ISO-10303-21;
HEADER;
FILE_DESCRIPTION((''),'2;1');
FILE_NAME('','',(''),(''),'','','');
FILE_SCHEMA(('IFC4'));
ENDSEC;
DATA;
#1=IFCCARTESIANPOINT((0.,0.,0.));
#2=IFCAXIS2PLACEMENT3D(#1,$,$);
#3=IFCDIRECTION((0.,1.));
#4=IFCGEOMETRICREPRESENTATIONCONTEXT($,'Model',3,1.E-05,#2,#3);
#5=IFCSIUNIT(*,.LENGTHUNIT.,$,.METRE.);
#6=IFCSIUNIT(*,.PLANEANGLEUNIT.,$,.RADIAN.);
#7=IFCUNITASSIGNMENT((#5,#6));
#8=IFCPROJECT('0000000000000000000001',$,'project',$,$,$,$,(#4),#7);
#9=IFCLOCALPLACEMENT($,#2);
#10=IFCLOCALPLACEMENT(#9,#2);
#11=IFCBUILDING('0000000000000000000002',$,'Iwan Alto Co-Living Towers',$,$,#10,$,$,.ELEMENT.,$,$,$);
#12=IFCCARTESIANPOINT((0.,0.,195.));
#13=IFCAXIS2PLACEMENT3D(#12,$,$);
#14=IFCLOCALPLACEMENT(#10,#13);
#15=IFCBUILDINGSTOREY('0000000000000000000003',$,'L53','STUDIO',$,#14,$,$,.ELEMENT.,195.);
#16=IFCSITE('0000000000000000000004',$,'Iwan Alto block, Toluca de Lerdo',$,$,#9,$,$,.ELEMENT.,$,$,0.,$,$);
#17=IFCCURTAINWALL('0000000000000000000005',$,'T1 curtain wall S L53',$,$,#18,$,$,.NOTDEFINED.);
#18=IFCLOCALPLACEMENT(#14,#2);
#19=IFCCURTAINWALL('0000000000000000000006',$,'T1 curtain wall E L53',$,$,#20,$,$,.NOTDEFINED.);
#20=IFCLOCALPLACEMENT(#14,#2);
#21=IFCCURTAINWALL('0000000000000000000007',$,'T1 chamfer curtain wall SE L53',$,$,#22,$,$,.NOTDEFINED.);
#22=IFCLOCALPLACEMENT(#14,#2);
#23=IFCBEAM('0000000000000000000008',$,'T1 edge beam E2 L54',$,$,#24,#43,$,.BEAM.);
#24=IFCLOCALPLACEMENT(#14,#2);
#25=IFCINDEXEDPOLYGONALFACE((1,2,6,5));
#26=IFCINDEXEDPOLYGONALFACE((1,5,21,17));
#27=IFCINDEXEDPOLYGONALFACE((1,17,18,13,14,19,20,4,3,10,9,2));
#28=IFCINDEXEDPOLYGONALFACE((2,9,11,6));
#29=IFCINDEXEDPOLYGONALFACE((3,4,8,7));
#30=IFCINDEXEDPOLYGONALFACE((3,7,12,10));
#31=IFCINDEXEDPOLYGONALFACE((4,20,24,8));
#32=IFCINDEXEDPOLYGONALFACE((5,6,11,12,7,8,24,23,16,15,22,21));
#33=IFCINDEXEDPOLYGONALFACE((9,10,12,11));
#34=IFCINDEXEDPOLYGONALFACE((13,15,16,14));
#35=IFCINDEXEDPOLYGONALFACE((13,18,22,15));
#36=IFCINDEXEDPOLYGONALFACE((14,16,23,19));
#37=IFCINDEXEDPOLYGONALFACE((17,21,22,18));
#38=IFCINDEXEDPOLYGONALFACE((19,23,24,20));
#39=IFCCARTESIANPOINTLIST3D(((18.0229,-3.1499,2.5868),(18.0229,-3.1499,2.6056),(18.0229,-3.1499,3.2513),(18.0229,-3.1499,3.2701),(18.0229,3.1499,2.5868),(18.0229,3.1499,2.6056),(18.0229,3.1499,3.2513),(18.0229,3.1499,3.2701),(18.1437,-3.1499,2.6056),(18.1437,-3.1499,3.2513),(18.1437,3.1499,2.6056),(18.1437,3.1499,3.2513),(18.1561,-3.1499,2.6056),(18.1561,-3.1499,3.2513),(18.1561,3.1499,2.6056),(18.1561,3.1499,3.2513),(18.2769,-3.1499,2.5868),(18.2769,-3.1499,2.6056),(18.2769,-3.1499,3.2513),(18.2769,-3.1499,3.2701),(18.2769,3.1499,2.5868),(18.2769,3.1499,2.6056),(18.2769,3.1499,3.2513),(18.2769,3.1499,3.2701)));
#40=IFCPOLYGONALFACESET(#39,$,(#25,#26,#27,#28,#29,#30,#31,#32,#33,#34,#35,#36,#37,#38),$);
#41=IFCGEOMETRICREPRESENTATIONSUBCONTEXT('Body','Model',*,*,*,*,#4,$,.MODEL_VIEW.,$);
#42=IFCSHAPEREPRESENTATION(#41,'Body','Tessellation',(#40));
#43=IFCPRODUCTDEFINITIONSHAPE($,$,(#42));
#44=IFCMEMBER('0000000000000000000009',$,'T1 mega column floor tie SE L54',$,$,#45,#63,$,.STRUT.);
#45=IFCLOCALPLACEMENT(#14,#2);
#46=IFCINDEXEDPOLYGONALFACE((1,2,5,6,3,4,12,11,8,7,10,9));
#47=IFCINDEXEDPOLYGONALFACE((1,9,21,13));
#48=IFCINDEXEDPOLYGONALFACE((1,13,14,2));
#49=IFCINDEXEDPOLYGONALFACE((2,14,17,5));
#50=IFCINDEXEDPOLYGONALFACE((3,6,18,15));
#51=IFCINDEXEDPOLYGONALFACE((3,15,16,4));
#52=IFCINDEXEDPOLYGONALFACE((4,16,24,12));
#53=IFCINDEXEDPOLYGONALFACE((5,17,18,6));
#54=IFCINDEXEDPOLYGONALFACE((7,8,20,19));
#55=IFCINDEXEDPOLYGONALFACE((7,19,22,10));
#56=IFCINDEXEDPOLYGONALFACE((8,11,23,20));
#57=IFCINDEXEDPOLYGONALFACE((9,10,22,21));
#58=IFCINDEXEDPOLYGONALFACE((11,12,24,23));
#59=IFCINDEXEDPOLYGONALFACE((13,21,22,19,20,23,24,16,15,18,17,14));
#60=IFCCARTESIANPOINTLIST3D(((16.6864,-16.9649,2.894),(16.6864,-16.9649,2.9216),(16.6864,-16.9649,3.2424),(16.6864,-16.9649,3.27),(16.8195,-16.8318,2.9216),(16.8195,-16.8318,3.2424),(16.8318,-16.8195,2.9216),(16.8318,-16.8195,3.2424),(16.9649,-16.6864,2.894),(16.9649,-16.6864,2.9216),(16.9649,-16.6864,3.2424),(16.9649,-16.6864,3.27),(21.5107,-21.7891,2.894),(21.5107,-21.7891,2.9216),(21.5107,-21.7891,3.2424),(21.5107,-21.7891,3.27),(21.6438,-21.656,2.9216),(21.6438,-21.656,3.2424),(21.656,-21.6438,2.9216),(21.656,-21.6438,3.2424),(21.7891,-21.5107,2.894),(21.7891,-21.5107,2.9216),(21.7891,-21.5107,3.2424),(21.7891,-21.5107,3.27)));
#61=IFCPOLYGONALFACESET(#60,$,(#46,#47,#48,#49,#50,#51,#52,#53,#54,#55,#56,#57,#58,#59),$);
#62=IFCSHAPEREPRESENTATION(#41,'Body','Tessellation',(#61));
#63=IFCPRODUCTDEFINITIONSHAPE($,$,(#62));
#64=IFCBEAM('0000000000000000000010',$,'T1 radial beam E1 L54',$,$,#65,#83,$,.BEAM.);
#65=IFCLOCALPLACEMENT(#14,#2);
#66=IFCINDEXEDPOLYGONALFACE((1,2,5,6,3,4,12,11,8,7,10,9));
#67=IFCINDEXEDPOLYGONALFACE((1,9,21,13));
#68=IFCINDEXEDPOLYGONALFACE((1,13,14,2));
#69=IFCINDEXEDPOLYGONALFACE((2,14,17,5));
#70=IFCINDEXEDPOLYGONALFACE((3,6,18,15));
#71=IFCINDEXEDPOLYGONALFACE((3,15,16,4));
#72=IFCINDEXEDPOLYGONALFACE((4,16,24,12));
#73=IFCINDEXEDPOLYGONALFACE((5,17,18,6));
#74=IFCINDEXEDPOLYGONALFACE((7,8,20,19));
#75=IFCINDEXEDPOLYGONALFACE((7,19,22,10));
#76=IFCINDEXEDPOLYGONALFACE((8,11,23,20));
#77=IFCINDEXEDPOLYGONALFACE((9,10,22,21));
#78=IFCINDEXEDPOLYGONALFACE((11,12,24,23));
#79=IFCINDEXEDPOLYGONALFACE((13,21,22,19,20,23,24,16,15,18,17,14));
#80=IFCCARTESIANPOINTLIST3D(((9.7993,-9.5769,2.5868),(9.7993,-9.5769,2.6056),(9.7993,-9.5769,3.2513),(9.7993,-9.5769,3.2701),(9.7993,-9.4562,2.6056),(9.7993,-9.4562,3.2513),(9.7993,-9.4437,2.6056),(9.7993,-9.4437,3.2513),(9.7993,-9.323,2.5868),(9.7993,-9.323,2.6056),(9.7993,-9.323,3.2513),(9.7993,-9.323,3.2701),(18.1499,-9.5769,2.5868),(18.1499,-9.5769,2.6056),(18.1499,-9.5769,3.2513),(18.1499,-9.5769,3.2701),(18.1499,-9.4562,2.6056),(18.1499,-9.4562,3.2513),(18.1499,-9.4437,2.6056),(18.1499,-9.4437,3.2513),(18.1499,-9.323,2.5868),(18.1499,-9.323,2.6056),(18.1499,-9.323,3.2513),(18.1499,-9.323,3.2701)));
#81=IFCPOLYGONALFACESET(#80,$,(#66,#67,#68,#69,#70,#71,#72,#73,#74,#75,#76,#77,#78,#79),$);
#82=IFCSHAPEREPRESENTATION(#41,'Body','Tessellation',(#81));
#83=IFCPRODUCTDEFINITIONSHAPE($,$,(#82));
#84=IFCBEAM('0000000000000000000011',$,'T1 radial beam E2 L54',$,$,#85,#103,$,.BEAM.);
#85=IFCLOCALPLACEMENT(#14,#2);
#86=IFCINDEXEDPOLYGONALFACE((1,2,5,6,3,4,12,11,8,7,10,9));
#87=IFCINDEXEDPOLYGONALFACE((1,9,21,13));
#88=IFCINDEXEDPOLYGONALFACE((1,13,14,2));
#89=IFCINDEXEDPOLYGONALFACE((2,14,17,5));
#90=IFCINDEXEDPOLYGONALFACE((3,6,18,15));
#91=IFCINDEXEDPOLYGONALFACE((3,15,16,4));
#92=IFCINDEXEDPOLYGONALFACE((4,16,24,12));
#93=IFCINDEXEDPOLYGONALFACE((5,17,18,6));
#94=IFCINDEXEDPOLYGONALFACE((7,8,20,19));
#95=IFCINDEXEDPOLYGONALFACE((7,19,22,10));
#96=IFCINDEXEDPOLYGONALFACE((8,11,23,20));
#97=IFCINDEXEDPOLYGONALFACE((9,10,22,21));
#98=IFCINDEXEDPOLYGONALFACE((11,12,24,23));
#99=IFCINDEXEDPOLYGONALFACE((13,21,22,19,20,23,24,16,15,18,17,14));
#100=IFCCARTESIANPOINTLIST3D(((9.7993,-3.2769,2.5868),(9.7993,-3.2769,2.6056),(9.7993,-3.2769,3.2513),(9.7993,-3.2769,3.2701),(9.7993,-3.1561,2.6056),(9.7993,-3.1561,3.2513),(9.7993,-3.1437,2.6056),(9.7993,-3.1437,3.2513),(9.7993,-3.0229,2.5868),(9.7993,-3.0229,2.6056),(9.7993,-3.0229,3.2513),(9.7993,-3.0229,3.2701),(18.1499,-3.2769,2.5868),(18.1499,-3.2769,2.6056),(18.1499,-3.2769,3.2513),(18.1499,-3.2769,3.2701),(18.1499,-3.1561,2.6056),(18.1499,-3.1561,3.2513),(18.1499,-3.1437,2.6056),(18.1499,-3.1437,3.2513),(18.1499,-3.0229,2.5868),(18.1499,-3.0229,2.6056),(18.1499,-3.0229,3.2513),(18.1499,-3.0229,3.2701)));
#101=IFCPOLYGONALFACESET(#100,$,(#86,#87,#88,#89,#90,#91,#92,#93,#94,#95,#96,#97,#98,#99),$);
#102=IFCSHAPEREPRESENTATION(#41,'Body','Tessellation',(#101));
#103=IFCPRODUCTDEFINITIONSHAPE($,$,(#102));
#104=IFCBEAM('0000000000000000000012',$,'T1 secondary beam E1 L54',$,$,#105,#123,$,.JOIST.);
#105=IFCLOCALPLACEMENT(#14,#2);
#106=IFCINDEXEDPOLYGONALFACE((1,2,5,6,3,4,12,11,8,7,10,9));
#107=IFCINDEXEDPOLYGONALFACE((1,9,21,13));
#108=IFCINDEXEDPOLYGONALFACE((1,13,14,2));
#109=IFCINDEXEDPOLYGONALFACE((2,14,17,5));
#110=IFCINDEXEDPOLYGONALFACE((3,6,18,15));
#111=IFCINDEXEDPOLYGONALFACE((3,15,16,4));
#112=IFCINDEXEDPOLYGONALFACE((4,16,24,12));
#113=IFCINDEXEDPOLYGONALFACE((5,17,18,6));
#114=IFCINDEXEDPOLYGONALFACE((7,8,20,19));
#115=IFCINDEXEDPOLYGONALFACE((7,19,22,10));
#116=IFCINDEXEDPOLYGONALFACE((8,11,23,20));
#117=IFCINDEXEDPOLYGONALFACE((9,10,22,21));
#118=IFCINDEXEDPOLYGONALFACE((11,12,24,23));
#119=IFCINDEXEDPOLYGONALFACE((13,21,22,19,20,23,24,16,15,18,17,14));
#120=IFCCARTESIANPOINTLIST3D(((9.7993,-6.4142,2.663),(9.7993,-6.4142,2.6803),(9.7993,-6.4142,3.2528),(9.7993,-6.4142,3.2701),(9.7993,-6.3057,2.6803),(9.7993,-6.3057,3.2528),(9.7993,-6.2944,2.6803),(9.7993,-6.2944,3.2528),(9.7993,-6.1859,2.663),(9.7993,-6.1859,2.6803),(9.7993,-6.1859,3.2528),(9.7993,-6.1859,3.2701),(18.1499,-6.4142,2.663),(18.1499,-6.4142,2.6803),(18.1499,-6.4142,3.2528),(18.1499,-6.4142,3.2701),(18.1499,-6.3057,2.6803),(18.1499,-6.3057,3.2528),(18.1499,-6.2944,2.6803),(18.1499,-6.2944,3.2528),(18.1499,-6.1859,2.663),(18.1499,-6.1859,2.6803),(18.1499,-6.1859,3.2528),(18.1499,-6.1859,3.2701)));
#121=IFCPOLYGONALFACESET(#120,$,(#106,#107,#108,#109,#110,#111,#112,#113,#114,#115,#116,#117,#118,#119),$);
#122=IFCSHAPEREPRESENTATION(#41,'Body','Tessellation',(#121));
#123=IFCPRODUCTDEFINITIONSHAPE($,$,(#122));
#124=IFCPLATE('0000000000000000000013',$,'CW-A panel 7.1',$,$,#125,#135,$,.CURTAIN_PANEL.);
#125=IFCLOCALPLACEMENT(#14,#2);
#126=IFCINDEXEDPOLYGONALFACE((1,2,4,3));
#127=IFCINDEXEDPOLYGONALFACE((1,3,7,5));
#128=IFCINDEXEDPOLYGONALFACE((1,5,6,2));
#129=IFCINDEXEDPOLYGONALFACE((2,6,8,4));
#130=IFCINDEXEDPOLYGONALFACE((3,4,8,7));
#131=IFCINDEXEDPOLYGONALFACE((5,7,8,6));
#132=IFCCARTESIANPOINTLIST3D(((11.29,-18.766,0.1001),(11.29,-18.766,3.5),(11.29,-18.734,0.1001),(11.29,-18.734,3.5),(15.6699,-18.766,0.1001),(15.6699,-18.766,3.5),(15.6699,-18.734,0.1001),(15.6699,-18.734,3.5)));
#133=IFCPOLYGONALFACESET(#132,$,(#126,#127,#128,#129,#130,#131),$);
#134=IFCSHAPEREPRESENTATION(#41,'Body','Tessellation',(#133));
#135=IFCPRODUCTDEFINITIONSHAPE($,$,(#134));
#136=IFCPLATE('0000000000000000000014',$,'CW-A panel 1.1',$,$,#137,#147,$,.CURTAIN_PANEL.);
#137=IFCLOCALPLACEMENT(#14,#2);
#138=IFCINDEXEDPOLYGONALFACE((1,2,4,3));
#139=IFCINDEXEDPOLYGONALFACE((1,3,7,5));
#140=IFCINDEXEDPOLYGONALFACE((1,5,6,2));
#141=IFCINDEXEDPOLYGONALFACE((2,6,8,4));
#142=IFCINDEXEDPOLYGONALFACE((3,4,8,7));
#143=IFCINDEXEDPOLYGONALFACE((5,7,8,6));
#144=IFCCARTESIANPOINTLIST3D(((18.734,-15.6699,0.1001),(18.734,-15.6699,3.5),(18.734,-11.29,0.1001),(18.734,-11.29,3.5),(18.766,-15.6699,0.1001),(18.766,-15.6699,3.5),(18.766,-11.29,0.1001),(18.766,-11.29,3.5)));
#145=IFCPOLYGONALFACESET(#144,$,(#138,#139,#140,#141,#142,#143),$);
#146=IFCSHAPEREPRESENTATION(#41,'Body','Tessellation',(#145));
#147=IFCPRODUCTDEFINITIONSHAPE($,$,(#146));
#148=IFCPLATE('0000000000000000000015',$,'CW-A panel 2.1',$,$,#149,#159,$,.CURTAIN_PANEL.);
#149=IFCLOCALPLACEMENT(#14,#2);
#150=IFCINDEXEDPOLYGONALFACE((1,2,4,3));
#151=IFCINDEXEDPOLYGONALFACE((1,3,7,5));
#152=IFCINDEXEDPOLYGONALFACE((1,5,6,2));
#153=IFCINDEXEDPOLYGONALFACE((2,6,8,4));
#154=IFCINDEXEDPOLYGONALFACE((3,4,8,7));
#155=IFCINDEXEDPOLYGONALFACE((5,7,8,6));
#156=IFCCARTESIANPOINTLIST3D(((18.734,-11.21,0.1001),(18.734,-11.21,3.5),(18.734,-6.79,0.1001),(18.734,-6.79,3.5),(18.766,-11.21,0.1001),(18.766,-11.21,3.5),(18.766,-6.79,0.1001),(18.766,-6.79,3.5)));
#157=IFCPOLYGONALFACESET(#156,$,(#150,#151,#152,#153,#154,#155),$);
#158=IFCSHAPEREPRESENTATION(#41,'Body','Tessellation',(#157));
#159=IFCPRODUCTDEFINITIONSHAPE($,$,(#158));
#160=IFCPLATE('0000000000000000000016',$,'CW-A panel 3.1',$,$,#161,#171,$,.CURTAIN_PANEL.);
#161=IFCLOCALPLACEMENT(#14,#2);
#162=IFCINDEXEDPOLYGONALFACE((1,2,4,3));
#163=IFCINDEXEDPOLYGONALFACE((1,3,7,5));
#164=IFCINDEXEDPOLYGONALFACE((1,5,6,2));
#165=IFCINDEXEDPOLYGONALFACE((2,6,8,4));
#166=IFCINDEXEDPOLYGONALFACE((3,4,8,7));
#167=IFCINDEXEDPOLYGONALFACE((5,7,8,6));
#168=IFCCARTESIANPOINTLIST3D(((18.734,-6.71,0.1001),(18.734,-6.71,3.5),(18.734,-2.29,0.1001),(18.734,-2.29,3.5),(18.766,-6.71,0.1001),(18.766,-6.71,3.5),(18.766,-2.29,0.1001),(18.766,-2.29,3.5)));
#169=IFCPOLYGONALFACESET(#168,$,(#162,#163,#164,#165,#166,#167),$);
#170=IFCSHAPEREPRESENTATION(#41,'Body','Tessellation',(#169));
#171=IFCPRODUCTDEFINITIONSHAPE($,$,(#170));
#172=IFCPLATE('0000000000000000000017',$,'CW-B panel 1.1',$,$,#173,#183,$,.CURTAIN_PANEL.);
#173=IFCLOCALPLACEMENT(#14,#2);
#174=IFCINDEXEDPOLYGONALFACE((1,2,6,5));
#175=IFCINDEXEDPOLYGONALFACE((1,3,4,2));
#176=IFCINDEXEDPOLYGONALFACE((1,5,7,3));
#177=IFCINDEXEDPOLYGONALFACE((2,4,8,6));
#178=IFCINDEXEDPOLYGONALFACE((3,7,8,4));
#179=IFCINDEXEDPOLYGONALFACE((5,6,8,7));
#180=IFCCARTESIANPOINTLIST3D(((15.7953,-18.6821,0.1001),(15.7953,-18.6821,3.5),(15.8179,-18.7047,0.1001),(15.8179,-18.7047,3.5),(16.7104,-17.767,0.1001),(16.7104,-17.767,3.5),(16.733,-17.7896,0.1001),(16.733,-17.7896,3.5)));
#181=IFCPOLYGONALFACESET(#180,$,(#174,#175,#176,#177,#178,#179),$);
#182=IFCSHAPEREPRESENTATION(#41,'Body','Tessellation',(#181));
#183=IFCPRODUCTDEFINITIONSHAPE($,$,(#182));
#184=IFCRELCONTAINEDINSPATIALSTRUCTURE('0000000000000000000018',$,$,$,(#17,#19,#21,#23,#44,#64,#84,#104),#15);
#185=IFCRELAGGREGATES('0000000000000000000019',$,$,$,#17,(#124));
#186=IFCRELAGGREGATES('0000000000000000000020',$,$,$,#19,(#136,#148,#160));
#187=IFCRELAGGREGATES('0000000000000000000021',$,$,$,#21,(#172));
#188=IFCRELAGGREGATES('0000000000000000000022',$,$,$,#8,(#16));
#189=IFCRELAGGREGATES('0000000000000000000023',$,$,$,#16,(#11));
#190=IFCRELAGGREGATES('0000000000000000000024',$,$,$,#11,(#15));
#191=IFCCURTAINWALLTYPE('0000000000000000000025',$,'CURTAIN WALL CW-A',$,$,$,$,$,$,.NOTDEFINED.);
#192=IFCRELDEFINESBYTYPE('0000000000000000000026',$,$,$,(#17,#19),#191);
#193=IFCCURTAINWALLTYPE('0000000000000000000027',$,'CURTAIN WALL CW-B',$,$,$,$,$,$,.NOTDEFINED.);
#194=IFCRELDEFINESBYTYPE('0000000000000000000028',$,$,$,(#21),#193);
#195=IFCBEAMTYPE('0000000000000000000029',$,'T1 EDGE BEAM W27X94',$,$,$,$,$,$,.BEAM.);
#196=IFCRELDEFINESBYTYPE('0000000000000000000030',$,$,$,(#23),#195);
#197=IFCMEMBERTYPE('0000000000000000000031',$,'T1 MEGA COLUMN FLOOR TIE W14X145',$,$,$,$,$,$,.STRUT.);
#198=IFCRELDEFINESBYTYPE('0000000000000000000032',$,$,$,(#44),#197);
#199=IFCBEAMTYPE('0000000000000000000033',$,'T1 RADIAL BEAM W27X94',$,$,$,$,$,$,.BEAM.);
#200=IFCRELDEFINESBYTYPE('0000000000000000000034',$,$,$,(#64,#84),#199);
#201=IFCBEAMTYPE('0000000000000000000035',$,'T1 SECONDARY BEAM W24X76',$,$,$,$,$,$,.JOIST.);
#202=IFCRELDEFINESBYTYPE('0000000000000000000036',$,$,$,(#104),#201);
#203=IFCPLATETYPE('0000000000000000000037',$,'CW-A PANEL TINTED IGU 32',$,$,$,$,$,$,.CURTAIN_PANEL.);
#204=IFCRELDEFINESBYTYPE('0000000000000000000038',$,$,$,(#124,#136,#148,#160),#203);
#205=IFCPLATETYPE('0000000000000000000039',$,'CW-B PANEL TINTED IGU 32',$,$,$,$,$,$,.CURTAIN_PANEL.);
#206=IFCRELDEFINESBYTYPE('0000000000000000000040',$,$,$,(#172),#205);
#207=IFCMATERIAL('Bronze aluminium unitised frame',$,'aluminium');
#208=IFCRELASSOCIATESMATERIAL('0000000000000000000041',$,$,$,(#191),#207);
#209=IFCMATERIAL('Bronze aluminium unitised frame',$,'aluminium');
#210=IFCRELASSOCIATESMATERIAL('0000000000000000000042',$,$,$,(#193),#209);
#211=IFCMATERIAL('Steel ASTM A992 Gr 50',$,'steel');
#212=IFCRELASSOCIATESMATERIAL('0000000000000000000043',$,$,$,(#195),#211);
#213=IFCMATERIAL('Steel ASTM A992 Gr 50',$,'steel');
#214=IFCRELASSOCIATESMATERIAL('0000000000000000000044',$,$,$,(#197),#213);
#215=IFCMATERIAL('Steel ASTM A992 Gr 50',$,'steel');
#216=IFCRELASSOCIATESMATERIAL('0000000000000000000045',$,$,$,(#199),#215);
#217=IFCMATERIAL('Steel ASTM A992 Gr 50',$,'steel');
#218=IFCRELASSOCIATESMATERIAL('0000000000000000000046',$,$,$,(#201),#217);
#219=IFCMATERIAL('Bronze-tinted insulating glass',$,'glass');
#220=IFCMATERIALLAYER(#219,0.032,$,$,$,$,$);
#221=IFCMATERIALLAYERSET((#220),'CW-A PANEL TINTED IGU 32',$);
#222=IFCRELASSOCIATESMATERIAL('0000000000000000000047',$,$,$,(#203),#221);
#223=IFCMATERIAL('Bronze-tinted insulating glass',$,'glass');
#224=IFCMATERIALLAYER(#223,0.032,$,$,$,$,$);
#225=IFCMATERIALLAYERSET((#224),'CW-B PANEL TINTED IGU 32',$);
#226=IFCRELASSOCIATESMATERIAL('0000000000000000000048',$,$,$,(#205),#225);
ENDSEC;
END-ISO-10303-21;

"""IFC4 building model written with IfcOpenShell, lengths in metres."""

from ifc_helpers import new_model, si_unit, direction, frame, origin, origin_2d, place, context, subcontext, project, spatial, rectangle, i_section, extrude, material, layer, layer_set, material_profile, profile_set, type_object, element, aggregate, save


model = new_model("IFC4")

# Units and contexts
model_context = context("Model", 3, precision=1e-05, world=origin(), true_north=direction((0.0, 1.0)))
body_context = subcontext(model_context, "Body", "Model", "MODEL_VIEW")
ifc_project = project(units=[si_unit("LENGTHUNIT", "METRE"), si_unit("PLANEANGLEUNIT", "RADIAN")], contexts=[model_context])

# Site, building, storey
site_placement = place(None, origin())
site = spatial("IfcSite", under=ifc_project, at=site_placement, Name="Iwan Alto block, Toluca de Lerdo", CompositionType="ELEMENT", RefElevation=0.0)
building_placement = place(site_placement, origin())
building = spatial("IfcBuilding", under=site, at=building_placement, Name="Iwan Alto Co-Living Towers", CompositionType="ELEMENT")
storey_placement = place(building_placement, frame((0.0, 0.0, 195.0)))
storey = spatial("IfcBuildingStorey", under=building, at=storey_placement, Name="L53", Description="STUDIO", CompositionType="ELEMENT", Elevation=195.0)

# Curtain wall
ifc_material_1 = material(Name="Bronze aluminium unitised frame", Category="aluminium")
curtain_wall_type_1 = type_object("IfcCurtainWallType", Name="CURTAIN WALL CW-A", PredefinedType="NOTDEFINED", material=ifc_material_1)
curtain_wall_1_placement = place(storey_placement, origin())
curtain_wall_1 = element("IfcCurtainWall", 1, at=curtain_wall_1_placement, inside=storey, type_object=curtain_wall_type_1, Name="T1 curtain wall S L53", PredefinedType="NOTDEFINED")

# Curtain walls
curtain_wall_2_placement = place(storey_placement, origin())
curtain_wall_2 = element("IfcCurtainWall", 2, at=curtain_wall_2_placement, inside=storey, type_object=curtain_wall_type_1, Name="T1 curtain wall E L53", PredefinedType="NOTDEFINED")
ifc_material_2 = material(Name="Bronze aluminium unitised frame", Category="aluminium")
curtain_wall_type_2 = type_object("IfcCurtainWallType", Name="CURTAIN WALL CW-B", PredefinedType="NOTDEFINED", material=ifc_material_2)
curtain_wall_3_placement = place(storey_placement, origin())
curtain_wall_3 = element("IfcCurtainWall", 3, at=curtain_wall_3_placement, inside=storey, type_object=curtain_wall_type_2, Name="T1 chamfer curtain wall SE L53", PredefinedType="NOTDEFINED")

# Beam
ifc_material_3 = material(Name="Steel ASTM A992 Gr 50", Category="steel")
ifc_material_profile_1 = material_profile(ifc_material_3, i_section(OverallWidth=0.2539, OverallDepth=0.6833, WebThickness=0.0125, FlangeThickness=0.0188, at=origin_2d()), Name="W27X94")
ifc_profile_set_1 = profile_set([ifc_material_profile_1], Name="Steel ASTM A992 Gr 50")
beam_type_1 = type_object("IfcBeamType", Name="T1 EDGE BEAM W27X94", PredefinedType="BEAM", material=ifc_profile_set_1)
beam_1_placement = place(storey_placement, frame((18.1499, -3.1499, 2.9285), z_axis=(0.0, 1.0, 0.0), x_axis=(-1.0, 0.0, 0.0)))
element("IfcBeam", 4, at=beam_1_placement, inside=storey, type_object=beam_type_1, Name="T1 edge beam E2 L54", PredefinedType="BEAM", context=body_context, shape_type="SweptSolid", body=[
    extrude(i_section(OverallWidth=0.2539, OverallDepth=0.6833, WebThickness=0.0125, FlangeThickness=0.0188, at=origin_2d()), origin(), (0.0, 0.0, 1.0), 6.2998),
])

# Member
ifc_material_4 = material(Name="Steel ASTM A992 Gr 50", Category="steel")
ifc_material_profile_2 = material_profile(ifc_material_4, i_section(OverallWidth=0.3938, OverallDepth=0.376, WebThickness=0.0173, FlangeThickness=0.0276, at=origin_2d()), Name="W14X145")
ifc_profile_set_2 = profile_set([ifc_material_profile_2], Name="Steel ASTM A992 Gr 50")
member_type_1 = type_object("IfcMemberType", Name="T1 MEGA COLUMN FLOOR TIE W14X145", PredefinedType="STRUT", material=ifc_profile_set_2)
member_1_placement = place(storey_placement, frame((21.6499, -21.6499, 3.082), z_axis=(-0.707107, 0.707107, 0.0), x_axis=(-0.707107, -0.707107, 0.0)))
element("IfcMember", 5, at=member_1_placement, inside=storey, type_object=member_type_1, Name="T1 mega column floor tie SE L54", PredefinedType="STRUT", context=body_context, shape_type="SweptSolid", body=[
    extrude(i_section(OverallWidth=0.3938, OverallDepth=0.376, WebThickness=0.0173, FlangeThickness=0.0276, at=origin_2d()), origin(), (0.0, 0.0, 1.0), 6.8225),
])

# Beams
ifc_material_5 = material(Name="Steel ASTM A992 Gr 50", Category="steel")
ifc_material_profile_3 = material_profile(ifc_material_5, i_section(OverallWidth=0.2539, OverallDepth=0.6833, WebThickness=0.0125, FlangeThickness=0.0188, at=origin_2d()), Name="W27X94")
ifc_profile_set_3 = profile_set([ifc_material_profile_3], Name="Steel ASTM A992 Gr 50")
beam_type_2 = type_object("IfcBeamType", Name="T1 RADIAL BEAM W27X94", PredefinedType="BEAM", material=ifc_profile_set_3)
for number, where, z_axis, x_axis, name in (
    (6, (18.1499, -9.45, 2.9285), (-1.0, 0.0, 0.0), (0.0, -1.0, 0.0), "T1 radial beam E1 L54"),
    (7, (18.1499, -3.1499, 2.9285), (-1.0, 0.0, 0.0), (0.0, -1.0, 0.0), "T1 radial beam E2 L54"),
):
    element("IfcBeam", number, at=place(storey_placement, frame(where, z_axis=z_axis, x_axis=x_axis)), inside=storey, type_object=beam_type_2, Name=name, PredefinedType="BEAM", context=body_context, shape_type="SweptSolid", body=[
        extrude(i_section(OverallWidth=0.2539, OverallDepth=0.6833, WebThickness=0.0125, FlangeThickness=0.0188, at=origin_2d()), origin(), (0.0, 0.0, 1.0), 8.3506),
    ])
ifc_material_6 = material(Name="Steel ASTM A992 Gr 50", Category="steel")
ifc_material_profile_4 = material_profile(ifc_material_6, i_section(OverallWidth=0.2283, OverallDepth=0.6072, WebThickness=0.0112, FlangeThickness=0.0173, at=origin_2d()), Name="W24X76")
ifc_profile_set_4 = profile_set([ifc_material_profile_4], Name="Steel ASTM A992 Gr 50")
beam_type_3 = type_object("IfcBeamType", Name="T1 SECONDARY BEAM W24X76", PredefinedType="JOIST", material=ifc_profile_set_4)
beam_2_placement = place(storey_placement, frame((18.1499, -6.3, 2.9666), z_axis=(-1.0, 0.0, 0.0), x_axis=(0.0, -1.0, 0.0)))
element("IfcBeam", 8, at=beam_2_placement, inside=storey, type_object=beam_type_3, Name="T1 secondary beam E1 L54", PredefinedType="JOIST", context=body_context, shape_type="SweptSolid", body=[
    extrude(i_section(OverallWidth=0.2283, OverallDepth=0.6072, WebThickness=0.0112, FlangeThickness=0.0173, at=origin_2d()), origin(), (0.0, 0.0, 1.0), 8.3506),
])

# Plates
ifc_material_7 = material(Name="Bronze-tinted insulating glass", Category="glass")
ifc_layer_1 = layer(ifc_material_7, 0.032)
ifc_layer_set_1 = layer_set([ifc_layer_1], Name="CW-A PANEL TINTED IGU 32")
plate_type_1 = type_object("IfcPlateType", Name="CW-A PANEL TINTED IGU 32", PredefinedType="CURTAIN_PANEL", material=ifc_layer_set_1)
plate_1_placement = place(storey_placement, frame((13.48, -18.75, 0.1001), z_axis=(0.0, 0.0, 1.0), x_axis=(1.0, 0.0, 0.0)))
plate_1 = element("IfcPlate", 9, at=plate_1_placement, type_object=plate_type_1, Name="CW-A panel 7.1", PredefinedType="CURTAIN_PANEL", context=body_context, shape_type="SweptSolid", body=[
    extrude(rectangle(XDim=4.3799, YDim=0.032, at=origin_2d()), origin(), (0.0, 0.0, 1.0), 3.3999),
])
aggregate(curtain_wall_1, [plate_1])
plate_2_placement = place(storey_placement, frame((18.75, -13.48, 0.1001), z_axis=(0.0, 0.0, 1.0), x_axis=(0.0, 1.0, 0.0)))
plate_2 = element("IfcPlate", 10, at=plate_2_placement, type_object=plate_type_1, Name="CW-A panel 1.1", PredefinedType="CURTAIN_PANEL", context=body_context, shape_type="SweptSolid", body=[
    extrude(rectangle(XDim=4.3799, YDim=0.032, at=origin_2d()), origin(), (0.0, 0.0, 1.0), 3.3999),
])
plate_3_placement = place(storey_placement, frame((18.75, -9.0, 0.1001), z_axis=(0.0, 0.0, 1.0), x_axis=(0.0, 1.0, 0.0)))
plate_3 = element("IfcPlate", 11, at=plate_3_placement, type_object=plate_type_1, Name="CW-A panel 2.1", PredefinedType="CURTAIN_PANEL", context=body_context, shape_type="SweptSolid", body=[
    extrude(rectangle(XDim=4.4199, YDim=0.032, at=origin_2d()), origin(), (0.0, 0.0, 1.0), 3.3999),
])
plate_4_placement = place(storey_placement, frame((18.75, -4.5, 0.1001), z_axis=(0.0, 0.0, 1.0), x_axis=(0.0, 1.0, 0.0)))
plate_4 = element("IfcPlate", 12, at=plate_4_placement, type_object=plate_type_1, Name="CW-A panel 3.1", PredefinedType="CURTAIN_PANEL", context=body_context, shape_type="SweptSolid", body=[
    extrude(rectangle(XDim=4.4199, YDim=0.032, at=origin_2d()), origin(), (0.0, 0.0, 1.0), 3.3999),
])
aggregate(curtain_wall_2, [plate_2, plate_3, plate_4])
ifc_material_8 = material(Name="Bronze-tinted insulating glass", Category="glass")
ifc_layer_2 = layer(ifc_material_8, 0.032)
ifc_layer_set_2 = layer_set([ifc_layer_2], Name="CW-B PANEL TINTED IGU 32")
plate_type_2 = type_object("IfcPlateType", Name="CW-B PANEL TINTED IGU 32", PredefinedType="CURTAIN_PANEL", material=ifc_layer_set_2)
plate_5_placement = place(storey_placement, frame((16.2642, -18.2358, 0.1001), z_axis=(0.0, 0.0, 1.0), x_axis=(0.707107, 0.707107, 0.0)))
plate_5 = element("IfcPlate", 13, at=plate_5_placement, type_object=plate_type_2, Name="CW-B panel 1.1", PredefinedType="CURTAIN_PANEL", context=body_context, shape_type="SweptSolid", body=[
    extrude(rectangle(XDim=1.2942, YDim=0.032, at=origin_2d()), origin(), (0.0, 0.0, 1.0), 3.3999),
])
aggregate(curtain_wall_3, [plate_5])

save(model, "model.ifc")
